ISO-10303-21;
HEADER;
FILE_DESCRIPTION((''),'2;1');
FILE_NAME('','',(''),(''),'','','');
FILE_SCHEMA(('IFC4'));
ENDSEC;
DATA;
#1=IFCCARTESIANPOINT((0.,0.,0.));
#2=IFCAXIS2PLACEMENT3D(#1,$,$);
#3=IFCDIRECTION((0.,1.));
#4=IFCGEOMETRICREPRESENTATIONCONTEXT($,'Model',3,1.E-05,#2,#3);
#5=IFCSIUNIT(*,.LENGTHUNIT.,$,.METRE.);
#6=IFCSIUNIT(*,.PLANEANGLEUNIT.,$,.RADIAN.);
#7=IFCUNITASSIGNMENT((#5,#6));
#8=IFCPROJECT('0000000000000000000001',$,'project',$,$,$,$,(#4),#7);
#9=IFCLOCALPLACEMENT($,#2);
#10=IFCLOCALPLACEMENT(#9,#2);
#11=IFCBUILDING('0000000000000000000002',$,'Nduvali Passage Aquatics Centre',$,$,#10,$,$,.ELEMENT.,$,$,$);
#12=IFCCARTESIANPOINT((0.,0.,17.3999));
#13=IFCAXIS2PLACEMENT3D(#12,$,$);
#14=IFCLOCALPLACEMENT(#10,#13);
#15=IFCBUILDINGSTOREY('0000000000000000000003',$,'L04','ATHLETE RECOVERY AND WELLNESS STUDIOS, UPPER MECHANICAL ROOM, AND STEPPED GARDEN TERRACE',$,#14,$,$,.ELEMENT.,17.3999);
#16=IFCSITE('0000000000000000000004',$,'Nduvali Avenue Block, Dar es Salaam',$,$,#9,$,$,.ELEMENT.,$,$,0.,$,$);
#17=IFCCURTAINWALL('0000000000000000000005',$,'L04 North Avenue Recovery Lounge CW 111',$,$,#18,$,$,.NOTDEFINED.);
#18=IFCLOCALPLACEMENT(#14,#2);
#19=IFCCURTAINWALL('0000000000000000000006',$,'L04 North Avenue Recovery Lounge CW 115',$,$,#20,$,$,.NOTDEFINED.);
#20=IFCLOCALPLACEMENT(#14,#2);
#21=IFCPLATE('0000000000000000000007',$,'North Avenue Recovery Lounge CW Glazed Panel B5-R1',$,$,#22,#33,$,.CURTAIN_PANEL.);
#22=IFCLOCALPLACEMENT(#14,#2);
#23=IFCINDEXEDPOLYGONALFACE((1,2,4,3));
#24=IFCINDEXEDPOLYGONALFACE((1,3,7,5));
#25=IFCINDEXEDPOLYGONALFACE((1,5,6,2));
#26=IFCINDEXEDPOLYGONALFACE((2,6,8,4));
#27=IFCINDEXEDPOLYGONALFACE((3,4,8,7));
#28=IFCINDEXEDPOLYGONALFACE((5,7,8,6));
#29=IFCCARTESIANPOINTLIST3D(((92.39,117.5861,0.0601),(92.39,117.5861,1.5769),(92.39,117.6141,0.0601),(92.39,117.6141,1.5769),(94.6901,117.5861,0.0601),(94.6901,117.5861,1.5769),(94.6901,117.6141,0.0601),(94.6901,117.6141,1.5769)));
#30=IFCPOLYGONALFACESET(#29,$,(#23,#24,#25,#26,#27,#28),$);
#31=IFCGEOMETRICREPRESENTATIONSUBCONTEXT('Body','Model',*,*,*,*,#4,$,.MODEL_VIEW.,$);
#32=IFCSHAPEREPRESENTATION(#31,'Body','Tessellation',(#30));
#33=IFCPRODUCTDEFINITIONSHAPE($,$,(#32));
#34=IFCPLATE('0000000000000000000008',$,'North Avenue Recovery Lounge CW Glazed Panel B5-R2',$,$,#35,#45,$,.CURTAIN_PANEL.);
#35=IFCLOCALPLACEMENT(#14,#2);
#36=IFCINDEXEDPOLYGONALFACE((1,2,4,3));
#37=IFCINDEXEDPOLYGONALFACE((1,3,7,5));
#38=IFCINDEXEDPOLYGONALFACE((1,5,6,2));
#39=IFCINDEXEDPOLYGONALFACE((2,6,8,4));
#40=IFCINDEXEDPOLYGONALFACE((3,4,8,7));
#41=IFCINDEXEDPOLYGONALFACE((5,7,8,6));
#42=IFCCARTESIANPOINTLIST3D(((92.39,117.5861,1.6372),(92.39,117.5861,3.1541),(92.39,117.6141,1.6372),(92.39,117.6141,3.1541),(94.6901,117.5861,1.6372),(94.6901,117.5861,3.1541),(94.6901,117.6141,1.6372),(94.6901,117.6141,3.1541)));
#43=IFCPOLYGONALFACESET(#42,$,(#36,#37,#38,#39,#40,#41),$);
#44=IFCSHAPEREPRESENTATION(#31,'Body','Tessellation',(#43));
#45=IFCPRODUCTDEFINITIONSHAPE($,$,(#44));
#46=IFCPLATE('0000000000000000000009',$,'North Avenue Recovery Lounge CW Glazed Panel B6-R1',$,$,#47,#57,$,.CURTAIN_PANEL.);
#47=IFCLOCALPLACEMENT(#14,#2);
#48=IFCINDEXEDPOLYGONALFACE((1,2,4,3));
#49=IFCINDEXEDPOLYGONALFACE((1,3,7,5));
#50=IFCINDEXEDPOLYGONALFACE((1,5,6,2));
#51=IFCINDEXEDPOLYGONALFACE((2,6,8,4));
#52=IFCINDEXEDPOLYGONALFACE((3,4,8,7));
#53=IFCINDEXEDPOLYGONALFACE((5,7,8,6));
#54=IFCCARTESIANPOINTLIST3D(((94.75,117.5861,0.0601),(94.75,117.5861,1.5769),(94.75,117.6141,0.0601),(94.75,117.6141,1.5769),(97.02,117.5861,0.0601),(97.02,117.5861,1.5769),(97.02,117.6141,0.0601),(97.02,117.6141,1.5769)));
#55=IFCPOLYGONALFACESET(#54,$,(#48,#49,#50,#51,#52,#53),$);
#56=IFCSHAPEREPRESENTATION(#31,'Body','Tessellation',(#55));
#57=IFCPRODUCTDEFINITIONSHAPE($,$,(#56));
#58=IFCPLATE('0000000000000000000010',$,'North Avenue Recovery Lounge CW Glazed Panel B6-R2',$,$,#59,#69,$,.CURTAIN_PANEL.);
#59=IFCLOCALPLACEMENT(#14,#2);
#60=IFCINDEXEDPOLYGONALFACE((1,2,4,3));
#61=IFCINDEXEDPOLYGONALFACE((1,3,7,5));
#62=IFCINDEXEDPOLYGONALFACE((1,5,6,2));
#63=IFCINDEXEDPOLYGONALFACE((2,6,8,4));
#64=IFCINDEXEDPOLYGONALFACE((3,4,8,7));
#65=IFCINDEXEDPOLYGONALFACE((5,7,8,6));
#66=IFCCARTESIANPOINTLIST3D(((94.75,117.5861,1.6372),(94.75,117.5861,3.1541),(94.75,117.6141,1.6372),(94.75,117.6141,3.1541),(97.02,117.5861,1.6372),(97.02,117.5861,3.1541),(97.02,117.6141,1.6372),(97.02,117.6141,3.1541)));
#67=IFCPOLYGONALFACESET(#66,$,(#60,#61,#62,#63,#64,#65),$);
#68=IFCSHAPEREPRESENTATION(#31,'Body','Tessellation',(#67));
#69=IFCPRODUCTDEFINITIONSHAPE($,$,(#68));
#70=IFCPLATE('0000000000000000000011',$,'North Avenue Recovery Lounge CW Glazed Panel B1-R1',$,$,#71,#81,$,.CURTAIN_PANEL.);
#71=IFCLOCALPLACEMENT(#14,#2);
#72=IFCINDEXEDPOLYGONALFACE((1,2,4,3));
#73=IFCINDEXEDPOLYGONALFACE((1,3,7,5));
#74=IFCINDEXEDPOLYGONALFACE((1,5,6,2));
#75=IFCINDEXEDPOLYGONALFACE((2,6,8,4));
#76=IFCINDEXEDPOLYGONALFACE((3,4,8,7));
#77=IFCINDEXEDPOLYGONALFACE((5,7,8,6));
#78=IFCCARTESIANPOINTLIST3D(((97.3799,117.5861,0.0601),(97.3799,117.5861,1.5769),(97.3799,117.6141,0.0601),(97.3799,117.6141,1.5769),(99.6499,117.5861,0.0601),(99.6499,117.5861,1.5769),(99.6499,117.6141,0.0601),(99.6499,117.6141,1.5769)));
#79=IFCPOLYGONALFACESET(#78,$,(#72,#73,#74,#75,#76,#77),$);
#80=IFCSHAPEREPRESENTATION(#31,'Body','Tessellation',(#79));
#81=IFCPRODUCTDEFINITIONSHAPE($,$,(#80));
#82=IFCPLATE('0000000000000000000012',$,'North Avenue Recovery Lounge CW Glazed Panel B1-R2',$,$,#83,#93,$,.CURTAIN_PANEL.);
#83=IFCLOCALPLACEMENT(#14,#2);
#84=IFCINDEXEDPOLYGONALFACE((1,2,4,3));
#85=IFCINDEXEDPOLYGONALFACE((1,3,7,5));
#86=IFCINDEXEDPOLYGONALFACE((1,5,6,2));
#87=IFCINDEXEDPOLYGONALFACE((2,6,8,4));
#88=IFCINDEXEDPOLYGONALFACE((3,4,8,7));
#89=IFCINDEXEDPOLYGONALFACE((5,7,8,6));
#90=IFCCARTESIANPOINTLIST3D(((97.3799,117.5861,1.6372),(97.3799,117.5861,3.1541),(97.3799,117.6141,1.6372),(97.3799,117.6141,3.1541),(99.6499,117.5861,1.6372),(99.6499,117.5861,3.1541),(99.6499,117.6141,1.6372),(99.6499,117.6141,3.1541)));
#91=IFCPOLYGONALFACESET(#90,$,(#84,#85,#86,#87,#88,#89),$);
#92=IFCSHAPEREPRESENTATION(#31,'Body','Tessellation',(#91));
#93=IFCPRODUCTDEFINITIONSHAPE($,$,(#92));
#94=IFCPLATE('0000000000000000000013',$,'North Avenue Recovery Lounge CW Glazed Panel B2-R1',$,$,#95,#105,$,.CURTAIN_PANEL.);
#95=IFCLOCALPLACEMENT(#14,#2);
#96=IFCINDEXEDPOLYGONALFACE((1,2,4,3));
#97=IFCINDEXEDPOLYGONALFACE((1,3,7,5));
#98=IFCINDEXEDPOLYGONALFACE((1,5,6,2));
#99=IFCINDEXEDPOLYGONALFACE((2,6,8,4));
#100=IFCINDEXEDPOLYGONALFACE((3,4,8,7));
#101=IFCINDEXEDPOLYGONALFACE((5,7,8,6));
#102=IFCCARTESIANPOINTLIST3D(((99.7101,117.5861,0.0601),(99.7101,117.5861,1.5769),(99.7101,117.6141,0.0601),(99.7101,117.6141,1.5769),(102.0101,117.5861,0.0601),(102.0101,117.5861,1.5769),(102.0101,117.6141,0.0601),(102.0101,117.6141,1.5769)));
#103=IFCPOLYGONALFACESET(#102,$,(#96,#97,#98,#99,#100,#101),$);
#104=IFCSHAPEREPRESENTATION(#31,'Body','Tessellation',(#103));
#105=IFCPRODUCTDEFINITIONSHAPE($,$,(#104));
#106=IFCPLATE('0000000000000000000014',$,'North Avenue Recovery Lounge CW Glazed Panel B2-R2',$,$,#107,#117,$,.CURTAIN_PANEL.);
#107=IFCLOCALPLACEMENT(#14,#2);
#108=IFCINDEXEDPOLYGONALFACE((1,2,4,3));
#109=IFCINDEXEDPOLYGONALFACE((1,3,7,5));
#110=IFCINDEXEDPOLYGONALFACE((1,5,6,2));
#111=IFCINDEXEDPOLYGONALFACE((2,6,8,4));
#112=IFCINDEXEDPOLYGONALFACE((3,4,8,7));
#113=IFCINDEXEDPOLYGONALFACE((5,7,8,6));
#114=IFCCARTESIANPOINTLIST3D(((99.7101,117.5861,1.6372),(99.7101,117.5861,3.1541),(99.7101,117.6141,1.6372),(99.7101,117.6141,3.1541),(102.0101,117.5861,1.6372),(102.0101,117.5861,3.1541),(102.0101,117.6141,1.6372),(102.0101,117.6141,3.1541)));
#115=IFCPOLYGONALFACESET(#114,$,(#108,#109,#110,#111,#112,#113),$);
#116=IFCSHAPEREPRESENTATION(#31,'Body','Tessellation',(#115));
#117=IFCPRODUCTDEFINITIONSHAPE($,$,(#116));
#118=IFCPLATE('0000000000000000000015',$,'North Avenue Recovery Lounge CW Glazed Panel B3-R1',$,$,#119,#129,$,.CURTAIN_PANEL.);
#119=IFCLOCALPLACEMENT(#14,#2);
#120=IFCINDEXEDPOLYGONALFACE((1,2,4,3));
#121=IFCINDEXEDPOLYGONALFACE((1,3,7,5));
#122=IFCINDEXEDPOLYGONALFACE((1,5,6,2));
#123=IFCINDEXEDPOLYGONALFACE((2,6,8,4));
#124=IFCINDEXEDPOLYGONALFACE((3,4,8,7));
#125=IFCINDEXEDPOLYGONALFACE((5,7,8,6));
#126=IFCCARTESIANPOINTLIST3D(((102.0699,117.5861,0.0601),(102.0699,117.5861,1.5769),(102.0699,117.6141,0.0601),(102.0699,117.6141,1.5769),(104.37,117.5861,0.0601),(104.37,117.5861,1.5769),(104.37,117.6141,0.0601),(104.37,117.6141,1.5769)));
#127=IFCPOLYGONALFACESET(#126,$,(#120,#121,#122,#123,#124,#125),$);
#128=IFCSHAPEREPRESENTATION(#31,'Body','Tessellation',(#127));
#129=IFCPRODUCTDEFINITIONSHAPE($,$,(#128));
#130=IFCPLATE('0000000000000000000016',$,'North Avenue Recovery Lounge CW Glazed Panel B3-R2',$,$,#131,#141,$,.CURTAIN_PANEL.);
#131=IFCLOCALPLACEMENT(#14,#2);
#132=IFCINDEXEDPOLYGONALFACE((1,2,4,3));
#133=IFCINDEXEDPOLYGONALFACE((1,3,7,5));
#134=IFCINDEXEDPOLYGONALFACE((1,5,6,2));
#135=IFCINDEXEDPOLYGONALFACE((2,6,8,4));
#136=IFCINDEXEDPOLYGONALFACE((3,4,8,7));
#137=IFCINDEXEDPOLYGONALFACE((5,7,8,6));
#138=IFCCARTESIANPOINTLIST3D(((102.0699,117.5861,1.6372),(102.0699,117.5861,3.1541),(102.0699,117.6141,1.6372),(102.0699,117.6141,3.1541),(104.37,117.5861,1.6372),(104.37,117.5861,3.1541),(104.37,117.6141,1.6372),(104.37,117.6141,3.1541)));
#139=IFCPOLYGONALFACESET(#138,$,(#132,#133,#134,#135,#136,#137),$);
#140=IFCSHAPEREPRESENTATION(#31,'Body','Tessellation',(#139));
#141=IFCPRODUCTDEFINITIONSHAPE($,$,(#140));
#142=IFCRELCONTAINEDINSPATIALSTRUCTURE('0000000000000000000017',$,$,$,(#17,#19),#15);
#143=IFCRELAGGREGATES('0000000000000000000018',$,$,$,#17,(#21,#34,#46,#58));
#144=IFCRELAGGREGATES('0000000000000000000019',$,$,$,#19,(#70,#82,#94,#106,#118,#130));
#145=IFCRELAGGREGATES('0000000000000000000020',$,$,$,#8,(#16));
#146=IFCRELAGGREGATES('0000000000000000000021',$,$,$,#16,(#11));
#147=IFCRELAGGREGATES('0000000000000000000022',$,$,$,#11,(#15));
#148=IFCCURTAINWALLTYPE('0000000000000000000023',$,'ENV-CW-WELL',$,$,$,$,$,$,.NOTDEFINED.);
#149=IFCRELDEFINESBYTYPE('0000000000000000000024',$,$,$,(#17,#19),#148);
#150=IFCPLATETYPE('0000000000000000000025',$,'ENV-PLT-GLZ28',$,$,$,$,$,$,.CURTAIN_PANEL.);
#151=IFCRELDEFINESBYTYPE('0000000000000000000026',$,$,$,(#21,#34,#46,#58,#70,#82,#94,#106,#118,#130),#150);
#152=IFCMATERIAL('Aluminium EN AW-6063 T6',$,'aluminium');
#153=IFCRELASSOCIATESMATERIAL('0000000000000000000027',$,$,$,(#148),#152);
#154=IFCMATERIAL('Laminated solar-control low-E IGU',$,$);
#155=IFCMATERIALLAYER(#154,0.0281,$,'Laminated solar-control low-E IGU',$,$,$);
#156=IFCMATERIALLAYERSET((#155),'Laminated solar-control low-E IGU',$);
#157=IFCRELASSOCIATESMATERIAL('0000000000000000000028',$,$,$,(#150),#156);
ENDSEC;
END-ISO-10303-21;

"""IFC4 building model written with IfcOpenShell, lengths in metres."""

from ifc_helpers import new_model, si_unit, direction, frame, origin, origin_2d, place, context, subcontext, project, spatial, rectangle, extrude, material, layer, layer_set, type_object, element, aggregate, save


model = new_model("IFC4")

# Units and contexts
model_context = context("Model", 3, precision=1e-05, world=origin(), true_north=direction((0.0, 1.0)))
body_context = subcontext(model_context, "Body", "Model", "MODEL_VIEW")
ifc_project = project(units=[si_unit("LENGTHUNIT", "METRE"), si_unit("PLANEANGLEUNIT", "RADIAN")], contexts=[model_context])

# Site, building, storey
site_placement = place(None, origin())
site = spatial("IfcSite", under=ifc_project, at=site_placement, Name="Nduvali Avenue Block, Dar es Salaam", CompositionType="ELEMENT", RefElevation=0.0)
building_placement = place(site_placement, origin())
building = spatial("IfcBuilding", under=site, at=building_placement, Name="Nduvali Passage Aquatics Centre", CompositionType="ELEMENT")
storey_placement = place(building_placement, frame((0.0, 0.0, 17.3999)))
storey = spatial("IfcBuildingStorey", under=building, at=storey_placement, Name="L04", Description="ATHLETE RECOVERY AND WELLNESS STUDIOS, UPPER MECHANICAL ROOM, AND STEPPED GARDEN TERRACE", CompositionType="ELEMENT", Elevation=17.3999)

# Curtain walls
ifc_material_1 = material(Name="Aluminium EN AW-6063 T6", Category="aluminium")
curtain_wall_type = type_object("IfcCurtainWallType", Name="ENV-CW-WELL", PredefinedType="NOTDEFINED", material=ifc_material_1)
curtain_wall_1_placement = place(storey_placement, origin())
curtain_wall_1 = element("IfcCurtainWall", 1, at=curtain_wall_1_placement, inside=storey, type_object=curtain_wall_type, Name="L04 North Avenue Recovery Lounge CW 111", PredefinedType="NOTDEFINED")
curtain_wall_2_placement = place(storey_placement, origin())
curtain_wall_2 = element("IfcCurtainWall", 2, at=curtain_wall_2_placement, inside=storey, type_object=curtain_wall_type, Name="L04 North Avenue Recovery Lounge CW 115", PredefinedType="NOTDEFINED")

# Plates
ifc_material_2 = material(Name="Laminated solar-control low-E IGU")
ifc_layer = layer(ifc_material_2, 0.0281, Name="Laminated solar-control low-E IGU")
ifc_layer_set = layer_set([ifc_layer], Name="Laminated solar-control low-E IGU")
plate_type = type_object("IfcPlateType", Name="ENV-PLT-GLZ28", PredefinedType="CURTAIN_PANEL", material=ifc_layer_set)
plate_1_placement = place(storey_placement, frame((93.54, 117.6001, 0.0601), z_axis=(0.0, 0.0, 1.0), x_axis=(1.0, 0.0, 0.0)))
plate_1 = element("IfcPlate", 3, at=plate_1_placement, type_object=plate_type, Name="North Avenue Recovery Lounge CW Glazed Panel B5-R1", PredefinedType="CURTAIN_PANEL", context=body_context, shape_type="SweptSolid", body=[
    extrude(rectangle(XDim=2.3, YDim=0.0281, at=origin_2d()), origin(), (0.0, 0.0, 1.0), 1.5168),
])
plate_2_placement = place(storey_placement, frame((93.54, 117.6001, 1.6372), z_axis=(0.0, 0.0, 1.0), x_axis=(1.0, 0.0, 0.0)))
plate_2 = element("IfcPlate", 4, at=plate_2_placement, type_object=plate_type, Name="North Avenue Recovery Lounge CW Glazed Panel B5-R2", PredefinedType="CURTAIN_PANEL", context=body_context, shape_type="SweptSolid", body=[
    extrude(rectangle(XDim=2.3, YDim=0.0281, at=origin_2d()), origin(), (0.0, 0.0, 1.0), 1.5168),
])
plate_3_placement = place(storey_placement, frame((95.885, 117.6001, 0.0601), z_axis=(0.0, 0.0, 1.0), x_axis=(1.0, 0.0, 0.0)))
plate_3 = element("IfcPlate", 5, at=plate_3_placement, type_object=plate_type, Name="North Avenue Recovery Lounge CW Glazed Panel B6-R1", PredefinedType="CURTAIN_PANEL", context=body_context, shape_type="SweptSolid", body=[
    extrude(rectangle(XDim=2.27, YDim=0.0281, at=origin_2d()), origin(), (0.0, 0.0, 1.0), 1.5168),
])
plate_4_placement = place(storey_placement, frame((95.885, 117.6001, 1.6372), z_axis=(0.0, 0.0, 1.0), x_axis=(1.0, 0.0, 0.0)))
plate_4 = element("IfcPlate", 6, at=plate_4_placement, type_object=plate_type, Name="North Avenue Recovery Lounge CW Glazed Panel B6-R2", PredefinedType="CURTAIN_PANEL", context=body_context, shape_type="SweptSolid", body=[
    extrude(rectangle(XDim=2.27, YDim=0.0281, at=origin_2d()), origin(), (0.0, 0.0, 1.0), 1.5168),
])
aggregate(curtain_wall_1, [plate_1, plate_2, plate_3, plate_4])
plate_5_placement = place(storey_placement, frame((98.5149, 117.6001, 0.0601), z_axis=(0.0, 0.0, 1.0), x_axis=(1.0, 0.0, 0.0)))
plate_5 = element("IfcPlate", 7, at=plate_5_placement, type_object=plate_type, Name="North Avenue Recovery Lounge CW Glazed Panel B1-R1", PredefinedType="CURTAIN_PANEL", context=body_context, shape_type="SweptSolid", body=[
    extrude(rectangle(XDim=2.27, YDim=0.0281, at=origin_2d()), origin(), (0.0, 0.0, 1.0), 1.5168),
])
plate_6_placement = place(storey_placement, frame((98.5149, 117.6001, 1.6372), z_axis=(0.0, 0.0, 1.0), x_axis=(1.0, 0.0, 0.0)))
plate_6 = element("IfcPlate", 8, at=plate_6_placement, type_object=plate_type, Name="North Avenue Recovery Lounge CW Glazed Panel B1-R2", PredefinedType="CURTAIN_PANEL", context=body_context, shape_type="SweptSolid", body=[
    extrude(rectangle(XDim=2.27, YDim=0.0281, at=origin_2d()), origin(), (0.0, 0.0, 1.0), 1.5168),
])
plate_7_placement = place(storey_placement, frame((100.8601, 117.6001, 0.0601), z_axis=(0.0, 0.0, 1.0), x_axis=(1.0, 0.0, 0.0)))
plate_7 = element("IfcPlate", 9, at=plate_7_placement, type_object=plate_type, Name="North Avenue Recovery Lounge CW Glazed Panel B2-R1", PredefinedType="CURTAIN_PANEL", context=body_context, shape_type="SweptSolid", body=[
    extrude(rectangle(XDim=2.3, YDim=0.0281, at=origin_2d()), origin(), (0.0, 0.0, 1.0), 1.5168),
])
plate_8_placement = place(storey_placement, frame((100.8601, 117.6001, 1.6372), z_axis=(0.0, 0.0, 1.0), x_axis=(1.0, 0.0, 0.0)))
plate_8 = element("IfcPlate", 10, at=plate_8_placement, type_object=plate_type, Name="North Avenue Recovery Lounge CW Glazed Panel B2-R2", PredefinedType="CURTAIN_PANEL", context=body_context, shape_type="SweptSolid", body=[
    extrude(rectangle(XDim=2.3, YDim=0.0281, at=origin_2d()), origin(), (0.0, 0.0, 1.0), 1.5168),
])
plate_9_placement = place(storey_placement, frame((103.22, 117.6001, 0.0601), z_axis=(0.0, 0.0, 1.0), x_axis=(1.0, 0.0, 0.0)))
plate_9 = element("IfcPlate", 11, at=plate_9_placement, type_object=plate_type, Name="North Avenue Recovery Lounge CW Glazed Panel B3-R1", PredefinedType="CURTAIN_PANEL", context=body_context, shape_type="SweptSolid", body=[
    extrude(rectangle(XDim=2.3, YDim=0.0281, at=origin_2d()), origin(), (0.0, 0.0, 1.0), 1.5168),
])
plate_10_placement = place(storey_placement, frame((103.22, 117.6001, 1.6372), z_axis=(0.0, 0.0, 1.0), x_axis=(1.0, 0.0, 0.0)))
plate_10 = element("IfcPlate", 12, at=plate_10_placement, type_object=plate_type, Name="North Avenue Recovery Lounge CW Glazed Panel B3-R2", PredefinedType="CURTAIN_PANEL", context=body_context, shape_type="SweptSolid", body=[
    extrude(rectangle(XDim=2.3, YDim=0.0281, at=origin_2d()), origin(), (0.0, 0.0, 1.0), 1.5168),
])
aggregate(curtain_wall_2, [plate_5, plate_6, plate_7, plate_8, plate_9, plate_10])

save(model, "model.ifc")
